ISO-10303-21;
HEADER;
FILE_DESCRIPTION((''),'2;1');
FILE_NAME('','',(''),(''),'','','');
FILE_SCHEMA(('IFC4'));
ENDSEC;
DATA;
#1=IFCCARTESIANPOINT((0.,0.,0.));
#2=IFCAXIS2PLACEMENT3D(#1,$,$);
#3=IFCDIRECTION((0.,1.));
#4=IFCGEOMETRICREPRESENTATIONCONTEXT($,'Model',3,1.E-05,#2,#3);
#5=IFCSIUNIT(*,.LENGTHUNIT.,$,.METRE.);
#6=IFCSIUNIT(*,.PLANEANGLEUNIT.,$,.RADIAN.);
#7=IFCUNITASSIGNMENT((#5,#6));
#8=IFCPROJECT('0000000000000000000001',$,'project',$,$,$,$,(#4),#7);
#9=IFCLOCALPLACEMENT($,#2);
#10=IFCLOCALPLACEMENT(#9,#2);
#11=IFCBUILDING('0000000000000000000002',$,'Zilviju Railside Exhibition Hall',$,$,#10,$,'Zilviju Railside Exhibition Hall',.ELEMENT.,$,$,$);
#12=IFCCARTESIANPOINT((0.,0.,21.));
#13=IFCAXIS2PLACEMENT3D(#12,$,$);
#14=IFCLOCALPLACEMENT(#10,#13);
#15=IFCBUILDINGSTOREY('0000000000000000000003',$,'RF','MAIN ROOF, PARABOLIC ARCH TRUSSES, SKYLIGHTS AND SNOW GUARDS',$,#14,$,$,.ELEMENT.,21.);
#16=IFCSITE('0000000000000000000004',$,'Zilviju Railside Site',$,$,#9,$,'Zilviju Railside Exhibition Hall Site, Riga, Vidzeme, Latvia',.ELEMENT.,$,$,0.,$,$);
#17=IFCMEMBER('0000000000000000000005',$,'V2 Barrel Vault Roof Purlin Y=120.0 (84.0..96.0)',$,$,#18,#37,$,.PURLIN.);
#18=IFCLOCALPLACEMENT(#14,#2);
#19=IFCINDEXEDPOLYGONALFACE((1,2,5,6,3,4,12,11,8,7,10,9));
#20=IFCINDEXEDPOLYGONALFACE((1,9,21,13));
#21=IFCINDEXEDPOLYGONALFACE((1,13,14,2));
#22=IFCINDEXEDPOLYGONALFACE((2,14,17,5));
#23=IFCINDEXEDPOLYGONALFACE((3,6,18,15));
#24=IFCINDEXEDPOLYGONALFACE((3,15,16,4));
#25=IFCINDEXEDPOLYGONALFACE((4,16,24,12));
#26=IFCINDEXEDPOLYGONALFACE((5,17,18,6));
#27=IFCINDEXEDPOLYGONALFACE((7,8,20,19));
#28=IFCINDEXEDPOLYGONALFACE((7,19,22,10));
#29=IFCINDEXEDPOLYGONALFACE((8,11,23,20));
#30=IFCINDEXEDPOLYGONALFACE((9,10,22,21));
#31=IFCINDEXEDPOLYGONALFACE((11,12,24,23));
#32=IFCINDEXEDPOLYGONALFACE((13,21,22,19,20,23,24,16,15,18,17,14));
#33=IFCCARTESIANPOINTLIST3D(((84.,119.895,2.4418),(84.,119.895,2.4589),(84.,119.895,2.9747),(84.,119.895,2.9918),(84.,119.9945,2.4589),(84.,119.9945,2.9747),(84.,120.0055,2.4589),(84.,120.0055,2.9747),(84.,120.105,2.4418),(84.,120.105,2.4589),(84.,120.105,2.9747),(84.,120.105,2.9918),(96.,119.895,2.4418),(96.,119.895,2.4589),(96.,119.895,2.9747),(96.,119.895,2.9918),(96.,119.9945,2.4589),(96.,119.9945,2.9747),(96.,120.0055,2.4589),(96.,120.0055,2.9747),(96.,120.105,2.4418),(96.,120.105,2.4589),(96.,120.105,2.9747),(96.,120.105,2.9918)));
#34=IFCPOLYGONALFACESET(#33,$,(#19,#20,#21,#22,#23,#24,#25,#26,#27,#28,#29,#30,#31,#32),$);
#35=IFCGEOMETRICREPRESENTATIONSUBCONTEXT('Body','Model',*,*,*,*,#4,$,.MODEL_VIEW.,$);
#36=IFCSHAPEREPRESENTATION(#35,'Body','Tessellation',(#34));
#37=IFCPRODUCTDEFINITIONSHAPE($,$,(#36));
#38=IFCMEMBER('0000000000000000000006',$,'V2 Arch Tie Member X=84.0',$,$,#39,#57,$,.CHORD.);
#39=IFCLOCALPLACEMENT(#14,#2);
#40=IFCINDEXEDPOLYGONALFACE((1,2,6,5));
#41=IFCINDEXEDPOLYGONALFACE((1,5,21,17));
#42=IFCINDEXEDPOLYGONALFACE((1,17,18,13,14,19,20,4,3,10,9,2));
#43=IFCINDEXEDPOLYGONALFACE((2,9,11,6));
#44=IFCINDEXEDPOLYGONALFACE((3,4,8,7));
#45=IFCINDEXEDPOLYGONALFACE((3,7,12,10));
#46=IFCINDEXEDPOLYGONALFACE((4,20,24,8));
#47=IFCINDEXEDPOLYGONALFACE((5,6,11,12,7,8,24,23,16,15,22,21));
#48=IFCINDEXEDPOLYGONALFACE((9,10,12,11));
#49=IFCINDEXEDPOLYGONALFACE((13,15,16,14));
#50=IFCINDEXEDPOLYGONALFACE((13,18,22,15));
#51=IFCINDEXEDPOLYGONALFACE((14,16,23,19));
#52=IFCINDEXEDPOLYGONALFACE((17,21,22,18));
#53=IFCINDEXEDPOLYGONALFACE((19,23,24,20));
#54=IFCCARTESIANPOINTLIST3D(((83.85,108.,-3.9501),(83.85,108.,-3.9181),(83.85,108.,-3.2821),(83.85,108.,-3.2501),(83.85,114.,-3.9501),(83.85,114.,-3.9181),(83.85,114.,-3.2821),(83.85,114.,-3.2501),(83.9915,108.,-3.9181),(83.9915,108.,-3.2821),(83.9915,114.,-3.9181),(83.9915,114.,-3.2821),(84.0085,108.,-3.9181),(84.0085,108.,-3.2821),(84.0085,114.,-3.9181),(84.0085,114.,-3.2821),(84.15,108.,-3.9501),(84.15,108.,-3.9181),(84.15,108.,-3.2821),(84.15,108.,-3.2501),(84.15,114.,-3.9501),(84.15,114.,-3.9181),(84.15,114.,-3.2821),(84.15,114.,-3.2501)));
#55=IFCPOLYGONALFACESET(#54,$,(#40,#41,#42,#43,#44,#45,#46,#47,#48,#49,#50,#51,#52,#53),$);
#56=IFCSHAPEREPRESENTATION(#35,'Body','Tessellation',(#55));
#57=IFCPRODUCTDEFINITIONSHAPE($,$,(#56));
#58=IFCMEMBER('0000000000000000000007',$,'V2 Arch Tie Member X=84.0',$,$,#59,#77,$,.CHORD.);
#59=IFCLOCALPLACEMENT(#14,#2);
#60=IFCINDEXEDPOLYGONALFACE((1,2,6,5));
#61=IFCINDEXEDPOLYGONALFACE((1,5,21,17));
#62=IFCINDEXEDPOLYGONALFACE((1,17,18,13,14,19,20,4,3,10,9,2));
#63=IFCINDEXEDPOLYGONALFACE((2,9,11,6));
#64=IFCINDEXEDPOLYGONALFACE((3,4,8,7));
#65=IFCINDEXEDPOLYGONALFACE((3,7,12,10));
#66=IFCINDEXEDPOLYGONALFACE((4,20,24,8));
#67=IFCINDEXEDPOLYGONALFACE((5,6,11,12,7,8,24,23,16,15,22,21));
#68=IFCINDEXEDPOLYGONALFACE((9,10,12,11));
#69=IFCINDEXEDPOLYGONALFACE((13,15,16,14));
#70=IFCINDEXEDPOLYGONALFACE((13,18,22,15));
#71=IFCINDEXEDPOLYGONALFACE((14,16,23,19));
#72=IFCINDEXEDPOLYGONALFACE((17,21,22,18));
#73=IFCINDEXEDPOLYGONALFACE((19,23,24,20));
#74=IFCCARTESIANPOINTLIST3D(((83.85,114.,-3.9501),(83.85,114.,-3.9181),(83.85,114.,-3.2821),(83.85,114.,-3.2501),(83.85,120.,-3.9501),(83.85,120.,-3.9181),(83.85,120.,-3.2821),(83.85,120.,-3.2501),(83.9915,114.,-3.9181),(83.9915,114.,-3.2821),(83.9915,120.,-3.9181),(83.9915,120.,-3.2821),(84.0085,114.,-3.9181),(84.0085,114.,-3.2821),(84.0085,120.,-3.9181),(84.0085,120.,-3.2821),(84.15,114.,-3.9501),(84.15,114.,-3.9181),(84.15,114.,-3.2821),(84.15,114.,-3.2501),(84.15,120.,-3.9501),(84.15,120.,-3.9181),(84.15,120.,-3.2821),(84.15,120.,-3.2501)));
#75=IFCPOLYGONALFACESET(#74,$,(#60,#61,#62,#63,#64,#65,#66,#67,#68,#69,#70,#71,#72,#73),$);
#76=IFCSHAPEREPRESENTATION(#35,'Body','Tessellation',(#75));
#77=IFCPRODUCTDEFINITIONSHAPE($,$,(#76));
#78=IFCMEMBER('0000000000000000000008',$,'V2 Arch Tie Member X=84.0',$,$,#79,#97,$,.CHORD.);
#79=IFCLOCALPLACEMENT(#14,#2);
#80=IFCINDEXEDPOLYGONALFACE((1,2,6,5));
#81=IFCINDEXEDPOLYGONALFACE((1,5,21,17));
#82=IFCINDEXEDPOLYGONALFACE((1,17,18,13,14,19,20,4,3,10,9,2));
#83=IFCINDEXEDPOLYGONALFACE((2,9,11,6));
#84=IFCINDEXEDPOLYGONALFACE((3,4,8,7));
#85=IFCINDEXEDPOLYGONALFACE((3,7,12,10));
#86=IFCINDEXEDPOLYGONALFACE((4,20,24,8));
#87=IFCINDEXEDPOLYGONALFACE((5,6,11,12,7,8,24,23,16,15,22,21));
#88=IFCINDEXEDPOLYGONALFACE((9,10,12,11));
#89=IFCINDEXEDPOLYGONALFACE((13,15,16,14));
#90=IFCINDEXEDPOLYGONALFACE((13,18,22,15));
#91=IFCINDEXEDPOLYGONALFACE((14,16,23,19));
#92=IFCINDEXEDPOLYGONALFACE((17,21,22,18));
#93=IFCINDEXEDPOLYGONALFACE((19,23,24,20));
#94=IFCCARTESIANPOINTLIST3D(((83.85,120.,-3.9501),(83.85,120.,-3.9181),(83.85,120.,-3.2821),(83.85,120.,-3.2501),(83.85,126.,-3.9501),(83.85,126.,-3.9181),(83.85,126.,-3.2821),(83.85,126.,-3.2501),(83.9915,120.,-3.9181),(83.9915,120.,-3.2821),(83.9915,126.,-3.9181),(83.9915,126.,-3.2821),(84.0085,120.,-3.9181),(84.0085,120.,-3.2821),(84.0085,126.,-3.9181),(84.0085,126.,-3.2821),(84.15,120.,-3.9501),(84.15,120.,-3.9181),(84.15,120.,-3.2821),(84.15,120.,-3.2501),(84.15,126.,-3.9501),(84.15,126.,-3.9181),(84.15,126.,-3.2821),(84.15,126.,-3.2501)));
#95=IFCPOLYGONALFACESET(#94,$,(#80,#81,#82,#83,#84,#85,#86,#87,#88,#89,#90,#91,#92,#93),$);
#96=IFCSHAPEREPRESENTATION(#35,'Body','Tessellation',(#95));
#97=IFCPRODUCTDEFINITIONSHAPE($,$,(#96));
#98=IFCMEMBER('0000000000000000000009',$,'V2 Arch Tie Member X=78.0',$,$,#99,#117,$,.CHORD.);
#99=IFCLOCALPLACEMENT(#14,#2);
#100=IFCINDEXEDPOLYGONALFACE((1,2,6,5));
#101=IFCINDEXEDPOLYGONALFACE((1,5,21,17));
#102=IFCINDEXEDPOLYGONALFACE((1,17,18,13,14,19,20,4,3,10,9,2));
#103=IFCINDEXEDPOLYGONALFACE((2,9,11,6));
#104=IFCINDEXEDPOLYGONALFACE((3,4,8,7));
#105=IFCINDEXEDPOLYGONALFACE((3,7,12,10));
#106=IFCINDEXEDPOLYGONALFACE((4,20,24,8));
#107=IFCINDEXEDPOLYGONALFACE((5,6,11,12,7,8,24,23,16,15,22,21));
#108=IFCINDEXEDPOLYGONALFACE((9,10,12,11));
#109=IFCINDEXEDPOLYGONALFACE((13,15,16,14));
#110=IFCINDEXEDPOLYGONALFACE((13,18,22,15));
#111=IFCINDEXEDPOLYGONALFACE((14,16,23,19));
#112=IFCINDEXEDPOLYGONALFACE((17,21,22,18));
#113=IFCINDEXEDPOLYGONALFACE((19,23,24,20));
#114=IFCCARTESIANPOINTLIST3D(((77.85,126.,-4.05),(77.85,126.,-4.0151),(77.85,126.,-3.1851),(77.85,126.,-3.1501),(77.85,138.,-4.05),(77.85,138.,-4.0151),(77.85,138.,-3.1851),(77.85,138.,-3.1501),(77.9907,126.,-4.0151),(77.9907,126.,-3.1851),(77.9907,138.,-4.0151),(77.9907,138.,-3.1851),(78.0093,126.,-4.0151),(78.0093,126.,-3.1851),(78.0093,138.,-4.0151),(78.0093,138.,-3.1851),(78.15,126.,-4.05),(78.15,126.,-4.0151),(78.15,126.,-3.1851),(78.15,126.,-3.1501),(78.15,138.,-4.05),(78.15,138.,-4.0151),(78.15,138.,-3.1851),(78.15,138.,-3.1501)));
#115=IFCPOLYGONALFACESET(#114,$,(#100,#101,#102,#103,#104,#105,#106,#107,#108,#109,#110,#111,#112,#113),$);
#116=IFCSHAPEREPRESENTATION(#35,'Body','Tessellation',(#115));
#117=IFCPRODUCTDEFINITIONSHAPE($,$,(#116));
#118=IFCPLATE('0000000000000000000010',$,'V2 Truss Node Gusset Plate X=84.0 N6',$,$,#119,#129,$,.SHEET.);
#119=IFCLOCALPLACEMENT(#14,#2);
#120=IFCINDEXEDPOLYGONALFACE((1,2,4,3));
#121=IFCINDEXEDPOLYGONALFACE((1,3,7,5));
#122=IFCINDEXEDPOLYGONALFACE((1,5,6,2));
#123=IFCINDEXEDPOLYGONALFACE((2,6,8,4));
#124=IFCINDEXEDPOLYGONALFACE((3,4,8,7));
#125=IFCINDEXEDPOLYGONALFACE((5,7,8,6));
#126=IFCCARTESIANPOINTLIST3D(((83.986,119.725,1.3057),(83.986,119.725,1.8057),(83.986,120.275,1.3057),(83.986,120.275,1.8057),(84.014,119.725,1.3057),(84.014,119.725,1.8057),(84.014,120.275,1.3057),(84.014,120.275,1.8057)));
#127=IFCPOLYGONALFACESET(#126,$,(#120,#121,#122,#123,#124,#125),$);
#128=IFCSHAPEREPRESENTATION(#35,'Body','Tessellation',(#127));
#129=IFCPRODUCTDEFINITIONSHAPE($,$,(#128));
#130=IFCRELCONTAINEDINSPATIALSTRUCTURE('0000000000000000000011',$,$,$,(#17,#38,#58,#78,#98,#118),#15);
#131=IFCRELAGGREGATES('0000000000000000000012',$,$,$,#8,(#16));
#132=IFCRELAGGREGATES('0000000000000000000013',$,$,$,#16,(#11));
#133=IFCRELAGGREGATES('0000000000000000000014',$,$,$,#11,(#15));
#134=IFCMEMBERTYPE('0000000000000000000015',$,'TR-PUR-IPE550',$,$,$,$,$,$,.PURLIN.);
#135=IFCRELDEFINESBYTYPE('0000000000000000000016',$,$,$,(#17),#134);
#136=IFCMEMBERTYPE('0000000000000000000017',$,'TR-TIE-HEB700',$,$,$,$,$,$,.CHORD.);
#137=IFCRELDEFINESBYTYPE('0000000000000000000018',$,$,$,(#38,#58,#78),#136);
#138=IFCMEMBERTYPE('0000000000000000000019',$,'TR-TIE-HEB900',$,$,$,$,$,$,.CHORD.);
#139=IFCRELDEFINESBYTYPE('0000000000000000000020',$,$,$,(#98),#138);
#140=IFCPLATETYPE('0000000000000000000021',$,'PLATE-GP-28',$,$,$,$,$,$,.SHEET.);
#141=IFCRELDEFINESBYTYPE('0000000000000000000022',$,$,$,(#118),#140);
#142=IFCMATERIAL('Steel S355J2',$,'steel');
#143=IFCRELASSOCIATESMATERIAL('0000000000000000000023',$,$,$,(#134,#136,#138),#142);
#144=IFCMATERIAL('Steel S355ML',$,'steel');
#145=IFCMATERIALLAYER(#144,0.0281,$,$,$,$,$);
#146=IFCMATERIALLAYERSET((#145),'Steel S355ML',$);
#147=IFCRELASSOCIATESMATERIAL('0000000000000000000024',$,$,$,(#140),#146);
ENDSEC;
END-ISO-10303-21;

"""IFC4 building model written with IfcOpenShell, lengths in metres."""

from ifc_helpers import new_model, si_unit, direction, frame, origin, origin_2d, place, context, subcontext, project, spatial, rectangle, i_section, extrude, material, layer, layer_set, material_profile, profile_set, type_object, element, save


model = new_model("IFC4")

# Units and contexts
model_context = context("Model", 3, precision=1e-05, world=origin(), true_north=direction((0.0, 1.0)))
body_context = subcontext(model_context, "Body", "Model", "MODEL_VIEW")
ifc_project = project(units=[si_unit("LENGTHUNIT", "METRE"), si_unit("PLANEANGLEUNIT", "RADIAN")], contexts=[model_context])

# Site, building, storey
site_placement = place(None, origin())
site = spatial("IfcSite", under=ifc_project, at=site_placement, Name="Zilviju Railside Site", LongName="Zilviju Railside Exhibition Hall Site, Riga, Vidzeme, Latvia", CompositionType="ELEMENT", RefElevation=0.0)
building_placement = place(site_placement, origin())
building = spatial("IfcBuilding", under=site, at=building_placement, Name="Zilviju Railside Exhibition Hall", LongName="Zilviju Railside Exhibition Hall", CompositionType="ELEMENT")
storey_placement = place(building_placement, frame((0.0, 0.0, 21.0)))
storey = spatial("IfcBuildingStorey", under=building, at=storey_placement, Name="RF", Description="MAIN ROOF, PARABOLIC ARCH TRUSSES, SKYLIGHTS AND SNOW GUARDS", CompositionType="ELEMENT", Elevation=21.0)

# Members
ifc_material_1 = material(Name="Steel S355J2", Category="steel")
ifc_material_2 = material(Name="Steel S355ML", Category="steel")
ifc_material_profile_1 = material_profile(ifc_material_1, i_section(OverallWidth=0.21, OverallDepth=0.55, WebThickness=0.011, FlangeThickness=0.0171, at=origin_2d()), Name="IPE 550")
ifc_profile_set_1 = profile_set([ifc_material_profile_1], Name="Steel S355J2")
member_type_1 = type_object("IfcMemberType", Name="TR-PUR-IPE550", PredefinedType="PURLIN", material=ifc_profile_set_1)
for number, where, z_axis, x_axis, name in (
    (1, (84.0, 120.0, 2.7168), (1.0, 0.0, 0.0), (0.0, 1.0, 0.0), "V2 Barrel Vault Roof Purlin Y=120.0 (84.0..96.0)"),
):
    element("IfcMember", number, at=place(storey_placement, frame(where, z_axis=z_axis, x_axis=x_axis)), inside=storey, type_object=member_type_1, Name=name, PredefinedType="PURLIN", context=body_context, shape_type="SweptSolid", body=[
        extrude(i_section(OverallWidth=0.21, OverallDepth=0.55, WebThickness=0.011, FlangeThickness=0.0171, at=origin_2d()), origin(), (0.0, 0.0, 1.0), 12.0),
    ])
ifc_material_profile_2 = material_profile(ifc_material_1, i_section(OverallWidth=0.3, OverallDepth=0.7, WebThickness=0.0171, FlangeThickness=0.032, at=origin_2d()), Name="HEB 700")
ifc_profile_set_2 = profile_set([ifc_material_profile_2], Name="Steel S355J2")
member_type_2 = type_object("IfcMemberType", Name="TR-TIE-HEB700", PredefinedType="CHORD", material=ifc_profile_set_2)
for number, where, z_axis, x_axis, name in (
    (2, (84.0, 108.0, -3.6001), (0.0, 1.0, 0.0), (-1.0, 0.0, 0.0), "V2 Arch Tie Member X=84.0"),
    (3, (84.0, 114.0, -3.6001), (0.0, 1.0, 0.0), (-1.0, 0.0, 0.0), "V2 Arch Tie Member X=84.0"),
    (4, (84.0, 120.0, -3.6001), (0.0, 1.0, 0.0), (-1.0, 0.0, 0.0), "V2 Arch Tie Member X=84.0"),
):
    element("IfcMember", number, at=place(storey_placement, frame(where, z_axis=z_axis, x_axis=x_axis)), inside=storey, type_object=member_type_2, Name=name, PredefinedType="CHORD", context=body_context, shape_type="SweptSolid", body=[
        extrude(i_section(OverallWidth=0.3, OverallDepth=0.7, WebThickness=0.0171, FlangeThickness=0.032, at=origin_2d()), origin(), (0.0, 0.0, 1.0), 6.0),
    ])
ifc_material_profile_3 = material_profile(ifc_material_1, i_section(OverallWidth=0.3, OverallDepth=0.8999, WebThickness=0.0186, FlangeThickness=0.0349, at=origin_2d()), Name="HEB 900")
ifc_profile_set_3 = profile_set([ifc_material_profile_3], Name="Steel S355J2")
member_type_3 = type_object("IfcMemberType", Name="TR-TIE-HEB900", PredefinedType="CHORD", material=ifc_profile_set_3)
member_1_placement = place(storey_placement, frame((78.0, 126.0, -3.6001), z_axis=(0.0, 1.0, 0.0), x_axis=(-1.0, 0.0, 0.0)))
element("IfcMember", 5, at=member_1_placement, inside=storey, type_object=member_type_3, Name="V2 Arch Tie Member X=78.0", PredefinedType="CHORD", context=body_context, shape_type="SweptSolid", body=[
    extrude(i_section(OverallWidth=0.3, OverallDepth=0.8999, WebThickness=0.0186, FlangeThickness=0.0349, at=origin_2d()), origin(), (0.0, 0.0, 1.0), 12.0),
])

# Plate
ifc_layer = layer(ifc_material_2, 0.0281)
ifc_layer_set = layer_set([ifc_layer], Name="Steel S355ML")
plate_type = type_object("IfcPlateType", Name="PLATE-GP-28", PredefinedType="SHEET", material=ifc_layer_set)
plate_placement = place(storey_placement, frame((84.0, 120.0, 1.3057), z_axis=(0.0, 0.0, 1.0), x_axis=(1.0, 0.0, 0.0)))
element("IfcPlate", 6, at=plate_placement, inside=storey, type_object=plate_type, Name="V2 Truss Node Gusset Plate X=84.0 N6", PredefinedType="SHEET", context=body_context, shape_type="SweptSolid", body=[
    extrude(rectangle(XDim=0.0281, YDim=0.55, at=origin_2d()), origin(), (0.0, 0.0, 1.0), 0.5),
])

save(model, "model.ifc")
